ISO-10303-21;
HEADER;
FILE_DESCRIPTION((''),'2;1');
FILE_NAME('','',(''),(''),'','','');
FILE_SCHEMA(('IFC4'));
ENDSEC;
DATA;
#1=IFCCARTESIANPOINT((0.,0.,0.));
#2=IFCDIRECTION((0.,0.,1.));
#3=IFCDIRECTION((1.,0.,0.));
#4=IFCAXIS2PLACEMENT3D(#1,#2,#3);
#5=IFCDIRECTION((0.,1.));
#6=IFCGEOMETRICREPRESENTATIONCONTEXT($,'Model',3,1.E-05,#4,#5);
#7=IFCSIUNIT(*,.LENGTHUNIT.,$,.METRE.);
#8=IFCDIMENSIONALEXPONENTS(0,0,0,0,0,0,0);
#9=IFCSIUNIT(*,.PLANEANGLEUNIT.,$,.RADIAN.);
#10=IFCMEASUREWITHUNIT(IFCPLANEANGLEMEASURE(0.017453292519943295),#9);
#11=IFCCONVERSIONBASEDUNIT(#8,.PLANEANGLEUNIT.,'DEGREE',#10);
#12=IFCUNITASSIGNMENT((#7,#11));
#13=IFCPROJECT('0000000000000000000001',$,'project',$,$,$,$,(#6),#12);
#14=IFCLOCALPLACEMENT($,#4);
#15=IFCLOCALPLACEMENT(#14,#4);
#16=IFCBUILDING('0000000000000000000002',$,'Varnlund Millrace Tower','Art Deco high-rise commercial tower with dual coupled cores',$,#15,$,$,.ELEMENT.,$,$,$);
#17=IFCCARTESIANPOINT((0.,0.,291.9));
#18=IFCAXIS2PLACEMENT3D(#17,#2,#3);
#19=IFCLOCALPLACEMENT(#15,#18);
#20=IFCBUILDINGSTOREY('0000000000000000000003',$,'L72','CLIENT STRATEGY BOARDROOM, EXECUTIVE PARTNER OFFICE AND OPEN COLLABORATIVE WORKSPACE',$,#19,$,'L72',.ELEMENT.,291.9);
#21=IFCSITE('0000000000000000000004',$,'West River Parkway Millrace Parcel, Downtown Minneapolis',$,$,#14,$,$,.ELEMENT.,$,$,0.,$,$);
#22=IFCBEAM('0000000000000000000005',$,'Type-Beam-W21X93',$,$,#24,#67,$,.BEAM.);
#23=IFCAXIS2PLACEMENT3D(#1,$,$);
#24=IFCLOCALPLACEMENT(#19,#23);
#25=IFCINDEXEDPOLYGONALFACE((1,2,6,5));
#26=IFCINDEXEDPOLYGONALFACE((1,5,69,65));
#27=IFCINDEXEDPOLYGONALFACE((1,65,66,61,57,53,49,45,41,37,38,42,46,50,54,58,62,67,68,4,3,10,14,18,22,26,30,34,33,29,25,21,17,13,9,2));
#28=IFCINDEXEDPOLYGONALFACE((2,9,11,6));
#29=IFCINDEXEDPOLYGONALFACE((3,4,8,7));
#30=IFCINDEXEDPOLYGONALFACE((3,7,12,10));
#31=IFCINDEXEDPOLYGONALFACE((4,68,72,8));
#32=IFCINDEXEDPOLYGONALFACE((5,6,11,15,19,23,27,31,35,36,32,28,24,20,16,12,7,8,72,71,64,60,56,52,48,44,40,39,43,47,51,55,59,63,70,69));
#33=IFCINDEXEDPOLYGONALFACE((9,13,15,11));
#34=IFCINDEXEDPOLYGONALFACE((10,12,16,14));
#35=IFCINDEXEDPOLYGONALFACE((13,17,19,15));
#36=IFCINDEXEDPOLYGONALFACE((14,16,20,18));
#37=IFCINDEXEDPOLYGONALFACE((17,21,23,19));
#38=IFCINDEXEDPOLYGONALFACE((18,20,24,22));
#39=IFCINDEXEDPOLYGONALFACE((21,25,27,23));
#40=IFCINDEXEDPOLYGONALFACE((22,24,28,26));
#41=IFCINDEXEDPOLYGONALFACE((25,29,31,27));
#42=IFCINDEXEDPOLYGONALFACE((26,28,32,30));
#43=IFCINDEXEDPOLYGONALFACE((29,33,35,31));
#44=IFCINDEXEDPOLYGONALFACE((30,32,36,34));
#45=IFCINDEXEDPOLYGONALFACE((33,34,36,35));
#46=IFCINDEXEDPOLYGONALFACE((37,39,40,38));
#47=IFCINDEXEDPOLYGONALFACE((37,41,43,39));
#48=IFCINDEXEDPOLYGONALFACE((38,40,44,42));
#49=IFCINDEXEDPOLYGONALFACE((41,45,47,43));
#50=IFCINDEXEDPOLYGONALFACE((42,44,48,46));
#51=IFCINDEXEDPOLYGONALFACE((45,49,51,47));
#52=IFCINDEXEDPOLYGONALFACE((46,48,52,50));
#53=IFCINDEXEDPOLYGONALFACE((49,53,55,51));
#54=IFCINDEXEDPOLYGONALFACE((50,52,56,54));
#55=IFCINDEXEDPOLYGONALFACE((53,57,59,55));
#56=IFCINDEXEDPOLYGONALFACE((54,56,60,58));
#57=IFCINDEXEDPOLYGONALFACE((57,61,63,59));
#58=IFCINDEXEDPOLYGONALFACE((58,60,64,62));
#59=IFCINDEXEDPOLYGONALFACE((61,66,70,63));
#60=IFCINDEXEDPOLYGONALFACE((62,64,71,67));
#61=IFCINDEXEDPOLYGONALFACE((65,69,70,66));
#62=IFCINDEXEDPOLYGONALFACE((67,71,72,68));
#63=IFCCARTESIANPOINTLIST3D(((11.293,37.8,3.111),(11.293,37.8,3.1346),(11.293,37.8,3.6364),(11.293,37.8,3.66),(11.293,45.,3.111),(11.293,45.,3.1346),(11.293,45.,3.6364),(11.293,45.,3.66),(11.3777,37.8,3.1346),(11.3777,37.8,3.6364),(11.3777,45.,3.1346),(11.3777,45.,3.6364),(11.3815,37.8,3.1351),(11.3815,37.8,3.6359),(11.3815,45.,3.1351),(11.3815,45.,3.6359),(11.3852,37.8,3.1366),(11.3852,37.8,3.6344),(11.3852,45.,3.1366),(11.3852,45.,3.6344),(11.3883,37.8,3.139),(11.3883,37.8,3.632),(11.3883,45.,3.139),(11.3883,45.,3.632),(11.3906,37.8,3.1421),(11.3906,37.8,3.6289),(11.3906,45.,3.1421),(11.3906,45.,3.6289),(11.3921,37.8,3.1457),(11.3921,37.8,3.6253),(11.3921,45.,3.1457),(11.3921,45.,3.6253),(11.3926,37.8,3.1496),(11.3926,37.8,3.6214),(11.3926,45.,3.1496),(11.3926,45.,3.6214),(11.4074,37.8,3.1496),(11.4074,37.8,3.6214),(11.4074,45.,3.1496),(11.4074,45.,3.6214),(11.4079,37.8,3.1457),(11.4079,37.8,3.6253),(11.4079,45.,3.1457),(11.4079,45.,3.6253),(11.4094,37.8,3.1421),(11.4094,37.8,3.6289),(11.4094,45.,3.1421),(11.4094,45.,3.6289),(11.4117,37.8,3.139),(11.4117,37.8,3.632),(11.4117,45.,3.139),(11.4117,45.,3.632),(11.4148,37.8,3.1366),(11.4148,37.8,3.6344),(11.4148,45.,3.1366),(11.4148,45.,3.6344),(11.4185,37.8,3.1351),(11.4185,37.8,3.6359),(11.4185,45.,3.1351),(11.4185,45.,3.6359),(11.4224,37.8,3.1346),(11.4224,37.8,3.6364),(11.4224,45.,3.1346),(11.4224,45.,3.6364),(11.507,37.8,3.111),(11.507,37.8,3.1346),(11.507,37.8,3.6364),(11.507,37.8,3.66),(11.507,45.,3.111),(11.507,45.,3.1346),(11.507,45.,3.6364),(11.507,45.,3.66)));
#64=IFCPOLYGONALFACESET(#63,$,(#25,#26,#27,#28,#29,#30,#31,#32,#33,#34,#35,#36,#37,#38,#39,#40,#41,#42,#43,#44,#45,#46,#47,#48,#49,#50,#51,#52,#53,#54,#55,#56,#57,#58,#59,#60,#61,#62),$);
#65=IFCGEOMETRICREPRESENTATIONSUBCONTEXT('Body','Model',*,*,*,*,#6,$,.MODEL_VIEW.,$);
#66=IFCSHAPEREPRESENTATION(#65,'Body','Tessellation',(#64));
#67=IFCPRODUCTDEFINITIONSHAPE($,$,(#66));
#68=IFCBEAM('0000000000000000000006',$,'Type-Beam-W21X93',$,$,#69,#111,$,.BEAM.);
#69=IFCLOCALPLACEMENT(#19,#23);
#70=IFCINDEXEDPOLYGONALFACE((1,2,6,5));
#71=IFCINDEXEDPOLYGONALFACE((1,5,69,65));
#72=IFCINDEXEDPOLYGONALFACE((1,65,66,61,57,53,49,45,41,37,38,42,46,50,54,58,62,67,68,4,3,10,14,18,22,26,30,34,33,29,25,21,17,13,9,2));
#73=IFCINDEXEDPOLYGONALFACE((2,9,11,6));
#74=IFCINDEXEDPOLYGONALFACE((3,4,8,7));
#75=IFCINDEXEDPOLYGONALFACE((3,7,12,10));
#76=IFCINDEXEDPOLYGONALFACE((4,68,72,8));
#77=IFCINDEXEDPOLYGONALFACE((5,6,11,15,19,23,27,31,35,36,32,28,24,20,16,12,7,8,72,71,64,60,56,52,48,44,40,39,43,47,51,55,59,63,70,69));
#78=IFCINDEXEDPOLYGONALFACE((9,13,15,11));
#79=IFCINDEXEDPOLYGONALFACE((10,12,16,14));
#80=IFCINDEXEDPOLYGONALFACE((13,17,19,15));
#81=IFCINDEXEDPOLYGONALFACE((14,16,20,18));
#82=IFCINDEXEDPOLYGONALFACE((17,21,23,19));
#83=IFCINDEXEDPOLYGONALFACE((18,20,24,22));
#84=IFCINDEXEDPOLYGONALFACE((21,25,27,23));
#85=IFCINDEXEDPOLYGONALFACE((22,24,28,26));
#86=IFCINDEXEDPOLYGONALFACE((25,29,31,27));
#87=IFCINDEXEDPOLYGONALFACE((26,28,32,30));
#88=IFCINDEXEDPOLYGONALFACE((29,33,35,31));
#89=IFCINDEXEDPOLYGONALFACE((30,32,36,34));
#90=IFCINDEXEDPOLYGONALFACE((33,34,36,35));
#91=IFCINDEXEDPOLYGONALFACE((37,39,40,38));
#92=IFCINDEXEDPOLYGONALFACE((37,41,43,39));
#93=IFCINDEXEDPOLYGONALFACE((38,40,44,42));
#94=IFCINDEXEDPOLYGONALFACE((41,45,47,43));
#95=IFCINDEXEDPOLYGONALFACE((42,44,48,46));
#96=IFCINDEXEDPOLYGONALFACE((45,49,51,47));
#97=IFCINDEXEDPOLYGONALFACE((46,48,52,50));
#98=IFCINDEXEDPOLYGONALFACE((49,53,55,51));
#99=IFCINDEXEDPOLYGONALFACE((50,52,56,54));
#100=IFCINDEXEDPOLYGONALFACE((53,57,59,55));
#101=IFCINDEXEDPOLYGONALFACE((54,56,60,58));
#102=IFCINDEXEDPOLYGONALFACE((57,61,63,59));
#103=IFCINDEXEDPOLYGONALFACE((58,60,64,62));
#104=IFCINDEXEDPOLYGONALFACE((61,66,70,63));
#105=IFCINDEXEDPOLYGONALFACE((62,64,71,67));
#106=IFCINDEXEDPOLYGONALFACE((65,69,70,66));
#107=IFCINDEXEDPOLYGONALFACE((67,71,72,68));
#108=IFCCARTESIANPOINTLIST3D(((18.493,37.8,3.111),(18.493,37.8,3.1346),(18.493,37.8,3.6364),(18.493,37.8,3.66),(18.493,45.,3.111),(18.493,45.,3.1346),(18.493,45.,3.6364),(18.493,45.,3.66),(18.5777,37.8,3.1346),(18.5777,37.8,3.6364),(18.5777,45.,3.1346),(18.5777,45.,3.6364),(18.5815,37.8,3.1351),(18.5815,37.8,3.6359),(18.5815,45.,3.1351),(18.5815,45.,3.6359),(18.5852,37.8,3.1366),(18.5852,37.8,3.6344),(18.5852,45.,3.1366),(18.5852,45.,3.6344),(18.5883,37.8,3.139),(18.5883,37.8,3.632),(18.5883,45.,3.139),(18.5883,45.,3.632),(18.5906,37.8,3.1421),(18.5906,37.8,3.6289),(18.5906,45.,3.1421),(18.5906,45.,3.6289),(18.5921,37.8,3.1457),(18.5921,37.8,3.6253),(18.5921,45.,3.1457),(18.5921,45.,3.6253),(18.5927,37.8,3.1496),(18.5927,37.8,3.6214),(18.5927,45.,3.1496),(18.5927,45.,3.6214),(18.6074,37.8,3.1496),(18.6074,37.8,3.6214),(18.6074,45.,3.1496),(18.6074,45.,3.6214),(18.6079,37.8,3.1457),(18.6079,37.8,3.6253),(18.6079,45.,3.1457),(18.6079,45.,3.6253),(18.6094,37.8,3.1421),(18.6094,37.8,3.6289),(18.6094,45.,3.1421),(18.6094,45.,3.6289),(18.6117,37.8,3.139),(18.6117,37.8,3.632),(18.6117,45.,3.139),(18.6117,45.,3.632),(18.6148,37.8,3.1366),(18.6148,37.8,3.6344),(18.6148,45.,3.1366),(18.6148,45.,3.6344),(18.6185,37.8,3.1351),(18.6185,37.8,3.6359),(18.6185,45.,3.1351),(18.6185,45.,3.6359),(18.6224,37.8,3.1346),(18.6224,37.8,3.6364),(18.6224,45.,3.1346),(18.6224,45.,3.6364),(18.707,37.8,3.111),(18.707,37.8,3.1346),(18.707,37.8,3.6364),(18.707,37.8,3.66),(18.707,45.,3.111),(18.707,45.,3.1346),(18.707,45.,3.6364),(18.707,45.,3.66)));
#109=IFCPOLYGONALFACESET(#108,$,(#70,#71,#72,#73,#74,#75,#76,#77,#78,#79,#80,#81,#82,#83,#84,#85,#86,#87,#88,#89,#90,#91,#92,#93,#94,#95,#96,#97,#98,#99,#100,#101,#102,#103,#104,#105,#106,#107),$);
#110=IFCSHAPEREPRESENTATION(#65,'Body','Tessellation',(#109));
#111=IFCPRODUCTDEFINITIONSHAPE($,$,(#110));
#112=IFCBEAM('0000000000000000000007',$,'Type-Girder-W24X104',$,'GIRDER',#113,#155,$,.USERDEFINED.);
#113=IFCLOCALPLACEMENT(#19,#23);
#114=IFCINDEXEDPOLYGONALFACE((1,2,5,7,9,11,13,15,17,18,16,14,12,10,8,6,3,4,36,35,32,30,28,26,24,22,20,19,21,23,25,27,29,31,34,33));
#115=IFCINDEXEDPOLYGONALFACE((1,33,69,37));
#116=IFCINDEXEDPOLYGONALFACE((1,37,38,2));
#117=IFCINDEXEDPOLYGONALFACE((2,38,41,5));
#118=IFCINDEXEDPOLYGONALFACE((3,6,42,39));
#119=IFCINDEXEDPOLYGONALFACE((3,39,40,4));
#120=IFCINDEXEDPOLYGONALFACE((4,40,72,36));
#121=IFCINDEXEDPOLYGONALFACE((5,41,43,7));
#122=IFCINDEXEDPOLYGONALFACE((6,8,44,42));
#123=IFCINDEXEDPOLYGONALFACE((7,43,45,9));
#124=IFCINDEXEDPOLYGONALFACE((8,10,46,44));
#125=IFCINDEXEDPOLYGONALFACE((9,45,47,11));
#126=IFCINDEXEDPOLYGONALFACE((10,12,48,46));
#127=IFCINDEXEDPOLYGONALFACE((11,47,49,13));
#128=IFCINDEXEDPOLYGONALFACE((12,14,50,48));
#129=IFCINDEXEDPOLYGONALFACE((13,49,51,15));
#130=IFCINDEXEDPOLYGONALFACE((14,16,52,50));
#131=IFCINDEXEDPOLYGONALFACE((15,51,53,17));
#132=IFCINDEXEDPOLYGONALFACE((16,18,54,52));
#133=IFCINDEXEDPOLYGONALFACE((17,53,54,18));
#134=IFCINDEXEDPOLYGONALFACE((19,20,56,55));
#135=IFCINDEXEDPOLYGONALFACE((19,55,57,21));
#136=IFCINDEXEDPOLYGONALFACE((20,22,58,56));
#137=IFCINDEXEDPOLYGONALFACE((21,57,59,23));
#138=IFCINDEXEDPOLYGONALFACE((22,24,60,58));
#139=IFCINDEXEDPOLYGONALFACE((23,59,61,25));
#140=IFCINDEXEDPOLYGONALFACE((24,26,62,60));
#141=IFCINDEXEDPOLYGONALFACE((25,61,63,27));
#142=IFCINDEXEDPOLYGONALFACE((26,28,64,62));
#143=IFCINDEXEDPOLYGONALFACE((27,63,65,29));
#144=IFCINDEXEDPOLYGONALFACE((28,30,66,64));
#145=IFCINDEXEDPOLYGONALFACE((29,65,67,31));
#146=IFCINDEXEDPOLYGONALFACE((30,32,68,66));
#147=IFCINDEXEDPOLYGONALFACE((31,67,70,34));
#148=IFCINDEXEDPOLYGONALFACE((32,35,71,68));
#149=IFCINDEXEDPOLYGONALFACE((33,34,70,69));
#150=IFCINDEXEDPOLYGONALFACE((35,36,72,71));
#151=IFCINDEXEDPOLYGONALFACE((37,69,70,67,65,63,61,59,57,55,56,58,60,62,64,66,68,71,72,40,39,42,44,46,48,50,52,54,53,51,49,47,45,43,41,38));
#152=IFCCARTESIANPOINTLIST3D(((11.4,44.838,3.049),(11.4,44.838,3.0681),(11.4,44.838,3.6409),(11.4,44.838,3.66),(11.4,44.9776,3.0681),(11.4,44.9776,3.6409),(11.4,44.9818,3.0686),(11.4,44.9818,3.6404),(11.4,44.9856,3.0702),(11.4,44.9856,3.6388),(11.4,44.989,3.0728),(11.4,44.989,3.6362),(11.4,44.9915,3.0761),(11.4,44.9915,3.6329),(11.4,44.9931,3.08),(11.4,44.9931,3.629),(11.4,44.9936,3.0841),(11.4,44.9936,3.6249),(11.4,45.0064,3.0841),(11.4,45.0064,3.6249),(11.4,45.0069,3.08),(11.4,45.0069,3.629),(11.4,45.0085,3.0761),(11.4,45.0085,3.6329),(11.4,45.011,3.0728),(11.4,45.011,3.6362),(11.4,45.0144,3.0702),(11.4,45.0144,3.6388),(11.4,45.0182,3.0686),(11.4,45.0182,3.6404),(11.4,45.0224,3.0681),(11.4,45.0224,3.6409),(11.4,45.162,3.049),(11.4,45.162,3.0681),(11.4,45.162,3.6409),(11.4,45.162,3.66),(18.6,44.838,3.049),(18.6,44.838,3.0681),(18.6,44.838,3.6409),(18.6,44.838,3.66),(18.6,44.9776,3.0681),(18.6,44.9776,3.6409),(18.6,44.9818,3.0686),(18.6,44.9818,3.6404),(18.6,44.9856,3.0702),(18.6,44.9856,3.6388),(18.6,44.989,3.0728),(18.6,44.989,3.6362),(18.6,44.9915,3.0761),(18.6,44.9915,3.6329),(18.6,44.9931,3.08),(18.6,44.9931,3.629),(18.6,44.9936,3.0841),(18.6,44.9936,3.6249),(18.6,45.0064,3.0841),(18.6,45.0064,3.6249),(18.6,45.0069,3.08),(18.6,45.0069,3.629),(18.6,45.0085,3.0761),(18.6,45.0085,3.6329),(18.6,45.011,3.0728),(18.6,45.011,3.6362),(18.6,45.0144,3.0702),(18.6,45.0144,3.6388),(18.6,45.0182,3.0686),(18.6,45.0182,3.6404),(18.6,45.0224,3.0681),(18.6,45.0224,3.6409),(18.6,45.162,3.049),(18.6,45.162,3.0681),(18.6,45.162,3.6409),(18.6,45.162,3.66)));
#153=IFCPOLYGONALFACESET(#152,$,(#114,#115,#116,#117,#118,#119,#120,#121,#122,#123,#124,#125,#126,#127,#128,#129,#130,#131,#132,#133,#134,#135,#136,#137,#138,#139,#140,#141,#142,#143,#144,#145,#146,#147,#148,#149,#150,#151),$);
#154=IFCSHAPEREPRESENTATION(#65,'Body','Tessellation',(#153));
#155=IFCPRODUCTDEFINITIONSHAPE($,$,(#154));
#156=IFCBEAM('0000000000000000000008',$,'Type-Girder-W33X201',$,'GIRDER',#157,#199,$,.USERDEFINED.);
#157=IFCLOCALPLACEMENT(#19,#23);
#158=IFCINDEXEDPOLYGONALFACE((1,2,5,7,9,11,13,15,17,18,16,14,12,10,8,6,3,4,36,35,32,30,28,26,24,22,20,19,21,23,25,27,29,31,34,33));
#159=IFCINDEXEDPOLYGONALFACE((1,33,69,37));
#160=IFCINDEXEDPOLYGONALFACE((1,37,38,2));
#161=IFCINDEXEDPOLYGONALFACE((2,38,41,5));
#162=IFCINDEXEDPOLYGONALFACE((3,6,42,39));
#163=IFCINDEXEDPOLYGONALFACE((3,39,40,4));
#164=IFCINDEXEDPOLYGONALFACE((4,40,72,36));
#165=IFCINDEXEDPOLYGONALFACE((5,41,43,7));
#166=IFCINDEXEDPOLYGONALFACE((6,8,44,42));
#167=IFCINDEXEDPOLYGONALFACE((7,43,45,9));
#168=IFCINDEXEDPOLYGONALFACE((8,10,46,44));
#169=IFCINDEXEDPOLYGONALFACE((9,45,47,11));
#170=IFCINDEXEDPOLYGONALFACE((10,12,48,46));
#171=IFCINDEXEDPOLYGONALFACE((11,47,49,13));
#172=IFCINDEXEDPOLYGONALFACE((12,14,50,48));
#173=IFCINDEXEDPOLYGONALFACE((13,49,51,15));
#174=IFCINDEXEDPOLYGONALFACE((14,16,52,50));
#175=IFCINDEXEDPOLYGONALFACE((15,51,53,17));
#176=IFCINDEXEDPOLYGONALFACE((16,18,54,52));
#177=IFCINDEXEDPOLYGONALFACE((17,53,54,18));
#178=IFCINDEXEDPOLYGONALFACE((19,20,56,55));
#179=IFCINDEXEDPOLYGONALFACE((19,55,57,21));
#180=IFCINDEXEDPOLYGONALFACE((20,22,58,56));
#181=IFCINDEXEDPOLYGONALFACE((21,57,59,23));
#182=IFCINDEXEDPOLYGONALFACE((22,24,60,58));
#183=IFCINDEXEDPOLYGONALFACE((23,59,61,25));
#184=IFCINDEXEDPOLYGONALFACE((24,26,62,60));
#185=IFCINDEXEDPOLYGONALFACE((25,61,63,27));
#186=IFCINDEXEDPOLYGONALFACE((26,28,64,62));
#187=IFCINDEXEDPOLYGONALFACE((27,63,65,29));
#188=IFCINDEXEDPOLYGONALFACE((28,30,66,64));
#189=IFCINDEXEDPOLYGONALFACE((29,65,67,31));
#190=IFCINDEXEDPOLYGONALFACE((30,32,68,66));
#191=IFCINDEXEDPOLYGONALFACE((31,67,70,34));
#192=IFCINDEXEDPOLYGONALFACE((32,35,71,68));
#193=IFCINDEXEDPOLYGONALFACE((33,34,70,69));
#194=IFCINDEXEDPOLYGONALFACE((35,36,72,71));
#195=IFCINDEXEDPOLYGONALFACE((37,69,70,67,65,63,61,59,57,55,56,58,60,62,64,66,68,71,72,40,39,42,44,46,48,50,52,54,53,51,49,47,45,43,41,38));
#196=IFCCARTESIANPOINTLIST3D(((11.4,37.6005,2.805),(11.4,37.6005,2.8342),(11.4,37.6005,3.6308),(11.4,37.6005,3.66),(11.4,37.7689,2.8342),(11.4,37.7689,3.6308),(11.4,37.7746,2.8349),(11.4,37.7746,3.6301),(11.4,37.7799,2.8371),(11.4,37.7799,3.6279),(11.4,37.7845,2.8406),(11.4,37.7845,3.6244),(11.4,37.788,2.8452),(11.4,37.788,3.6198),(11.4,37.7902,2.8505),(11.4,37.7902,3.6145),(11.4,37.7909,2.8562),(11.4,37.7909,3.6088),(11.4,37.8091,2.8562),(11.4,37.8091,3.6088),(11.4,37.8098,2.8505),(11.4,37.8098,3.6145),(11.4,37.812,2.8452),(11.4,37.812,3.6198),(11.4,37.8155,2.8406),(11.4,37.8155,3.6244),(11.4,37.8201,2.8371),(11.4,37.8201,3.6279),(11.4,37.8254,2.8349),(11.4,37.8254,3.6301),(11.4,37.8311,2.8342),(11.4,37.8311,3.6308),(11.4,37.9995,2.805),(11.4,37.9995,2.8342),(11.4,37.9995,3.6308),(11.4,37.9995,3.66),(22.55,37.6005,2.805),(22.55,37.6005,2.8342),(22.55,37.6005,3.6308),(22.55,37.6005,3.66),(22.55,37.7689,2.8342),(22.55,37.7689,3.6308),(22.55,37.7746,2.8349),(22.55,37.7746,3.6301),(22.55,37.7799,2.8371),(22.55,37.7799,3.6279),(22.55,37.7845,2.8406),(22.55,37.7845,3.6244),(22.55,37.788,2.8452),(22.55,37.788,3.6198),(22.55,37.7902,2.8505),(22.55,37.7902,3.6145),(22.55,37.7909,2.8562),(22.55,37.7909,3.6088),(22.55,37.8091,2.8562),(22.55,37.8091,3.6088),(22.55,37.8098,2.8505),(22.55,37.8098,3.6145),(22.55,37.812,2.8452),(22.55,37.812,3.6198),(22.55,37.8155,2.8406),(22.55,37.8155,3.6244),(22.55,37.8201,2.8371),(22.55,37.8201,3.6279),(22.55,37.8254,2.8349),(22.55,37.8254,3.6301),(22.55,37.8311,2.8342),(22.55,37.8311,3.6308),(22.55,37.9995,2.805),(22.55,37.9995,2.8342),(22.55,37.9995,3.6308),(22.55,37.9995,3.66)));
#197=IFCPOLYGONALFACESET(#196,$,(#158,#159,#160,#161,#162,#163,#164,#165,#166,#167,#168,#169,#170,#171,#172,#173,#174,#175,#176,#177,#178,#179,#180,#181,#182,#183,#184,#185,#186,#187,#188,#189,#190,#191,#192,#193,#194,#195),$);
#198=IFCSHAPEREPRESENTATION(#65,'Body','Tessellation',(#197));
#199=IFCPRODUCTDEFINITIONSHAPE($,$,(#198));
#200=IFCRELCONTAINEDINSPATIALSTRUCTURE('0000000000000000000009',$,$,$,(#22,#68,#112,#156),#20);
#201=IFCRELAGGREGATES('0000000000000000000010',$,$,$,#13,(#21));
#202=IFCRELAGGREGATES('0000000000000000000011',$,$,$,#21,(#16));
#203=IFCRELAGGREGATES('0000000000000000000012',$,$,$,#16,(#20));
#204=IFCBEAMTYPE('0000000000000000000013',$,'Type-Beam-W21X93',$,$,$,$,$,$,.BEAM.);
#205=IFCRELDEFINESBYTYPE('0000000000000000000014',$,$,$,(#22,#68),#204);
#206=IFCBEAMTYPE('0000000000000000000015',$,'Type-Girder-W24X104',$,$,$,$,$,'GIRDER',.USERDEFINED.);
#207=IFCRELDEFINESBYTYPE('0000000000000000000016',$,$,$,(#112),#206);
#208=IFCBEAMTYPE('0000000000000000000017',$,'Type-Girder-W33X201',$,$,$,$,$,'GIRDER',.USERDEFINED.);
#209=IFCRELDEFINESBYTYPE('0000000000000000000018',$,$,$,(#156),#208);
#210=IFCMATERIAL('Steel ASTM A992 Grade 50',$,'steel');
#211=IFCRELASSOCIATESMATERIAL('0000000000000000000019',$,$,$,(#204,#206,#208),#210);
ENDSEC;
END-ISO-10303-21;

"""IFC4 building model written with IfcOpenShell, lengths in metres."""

from ifc_helpers import new_model, entity, si_unit, converted_unit, direction, frame, origin_with_axes, origin_2d_with_axis, place, context, subcontext, project, spatial, i_section, extrude, material, material_profile, profile_set, type_object, element, save


model = new_model("IFC4")

# Units and contexts
model_context = context("Model", 3, precision=1e-05, world=origin_with_axes(), true_north=direction((0.0, 1.0)))
body_context = subcontext(model_context, "Body", "Model", "MODEL_VIEW")
ifc_project = project(units=[si_unit("LENGTHUNIT", "METRE"), converted_unit("PLANEANGLEUNIT", "DEGREE", entity("IfcPlaneAngleMeasure", 0.017453292519943295), si_unit("PLANEANGLEUNIT", "RADIAN"), dimensions=[0, 0, 0, 0, 0, 0, 0])], contexts=[model_context])

# Site, building, storey
site_placement = place(None, origin_with_axes())
site = spatial("IfcSite", under=ifc_project, at=site_placement, Name="West River Parkway Millrace Parcel, Downtown Minneapolis", CompositionType="ELEMENT", RefElevation=0.0)
building_placement = place(site_placement, origin_with_axes())
building = spatial("IfcBuilding", under=site, at=building_placement, Name="Varnlund Millrace Tower", Description="Art Deco high-rise commercial tower with dual coupled cores", CompositionType="ELEMENT")
storey_placement = place(building_placement, frame((0.0, 0.0, 291.9), z_axis=(0.0, 0.0, 1.0), x_axis=(1.0, 0.0, 0.0)))
storey = spatial("IfcBuildingStorey", under=building, at=storey_placement, Name="L72", Description="CLIENT STRATEGY BOARDROOM, EXECUTIVE PARTNER OFFICE AND OPEN COLLABORATIVE WORKSPACE", LongName="L72", CompositionType="ELEMENT", Elevation=291.9)

# Beams
ifc_material_1 = material(Name="Steel ASTM A992 Grade 50", Category="steel")
ifc_material_profile_1 = material_profile(ifc_material_1, i_section(OverallWidth=0.214, OverallDepth=0.549, WebThickness=0.0147, FlangeThickness=0.0236, FilletRadius=0.015, at=origin_2d_with_axis()), Name="Steel ASTM A992 Grade 50")
ifc_profile_set_1 = profile_set([ifc_material_profile_1], Name="Steel ASTM A992 Grade 50")
beam_type_1 = type_object("IfcBeamType", Name="Type-Beam-W21X93", PredefinedType="BEAM", material=ifc_profile_set_1)
for number, where, z_axis, x_axis, name in (
    (1, (11.4, 37.8, 3.3855), (0.0, 1.0, 0.0), (-1.0, 0.0, 0.0), "Type-Beam-W21X93"),
    (2, (18.6, 37.8, 3.3855), (0.0, 1.0, 0.0), (-1.0, 0.0, 0.0), "Type-Beam-W21X93"),
):
    element("IfcBeam", number, at=place(storey_placement, frame(where, z_axis=z_axis, x_axis=x_axis)), inside=storey, type_object=beam_type_1, Name=name, PredefinedType="BEAM", context=body_context, shape_type="SweptSolid", body=[
        extrude(i_section(OverallWidth=0.214, OverallDepth=0.549, WebThickness=0.0147, FlangeThickness=0.0236, FilletRadius=0.015, at=origin_2d_with_axis()), origin_with_axes(), (0.0, 0.0, 1.0), 7.2),
    ])
ifc_material_profile_2 = material_profile(ifc_material_1, i_section(OverallWidth=0.324, OverallDepth=0.611, WebThickness=0.0127, FlangeThickness=0.0191, FilletRadius=0.016, at=origin_2d_with_axis()), Name="Steel ASTM A992 Grade 50")
ifc_profile_set_2 = profile_set([ifc_material_profile_2], Name="Steel ASTM A992 Grade 50")
beam_type_2 = type_object("IfcBeamType", Name="Type-Girder-W24X104", ElementType="GIRDER", PredefinedType="USERDEFINED", material=ifc_profile_set_2)
beam_1_placement = place(storey_placement, frame((11.4, 45.0, 3.3545), z_axis=(1.0, 0.0, 0.0), x_axis=(0.0, 1.0, 0.0)))
element("IfcBeam", 3, at=beam_1_placement, inside=storey, type_object=beam_type_2, Name="Type-Girder-W24X104", ObjectType="GIRDER", PredefinedType="USERDEFINED", context=body_context, shape_type="SweptSolid", body=[
    extrude(i_section(OverallWidth=0.324, OverallDepth=0.611, WebThickness=0.0127, FlangeThickness=0.0191, FilletRadius=0.016, at=origin_2d_with_axis()), origin_with_axes(), (0.0, 0.0, 1.0), 7.2),
])
ifc_material_profile_3 = material_profile(ifc_material_1, i_section(OverallWidth=0.399, OverallDepth=0.855, WebThickness=0.0182, FlangeThickness=0.0292, FilletRadius=0.022, at=origin_2d_with_axis()), Name="Steel ASTM A992 Grade 50")
ifc_profile_set_3 = profile_set([ifc_material_profile_3], Name="Steel ASTM A992 Grade 50")
beam_type_3 = type_object("IfcBeamType", Name="Type-Girder-W33X201", ElementType="GIRDER", PredefinedType="USERDEFINED", material=ifc_profile_set_3)
beam_2_placement = place(storey_placement, frame((11.4, 37.8, 3.2325), z_axis=(1.0, 0.0, 0.0), x_axis=(0.0, 1.0, 0.0)))
element("IfcBeam", 4, at=beam_2_placement, inside=storey, type_object=beam_type_3, Name="Type-Girder-W33X201", ObjectType="GIRDER", PredefinedType="USERDEFINED", context=body_context, shape_type="SweptSolid", body=[
    extrude(i_section(OverallWidth=0.399, OverallDepth=0.855, WebThickness=0.0182, FlangeThickness=0.0292, FilletRadius=0.022, at=origin_2d_with_axis()), origin_with_axes(), (0.0, 0.0, 1.0), 11.15),
])

save(model, "model.ifc")
